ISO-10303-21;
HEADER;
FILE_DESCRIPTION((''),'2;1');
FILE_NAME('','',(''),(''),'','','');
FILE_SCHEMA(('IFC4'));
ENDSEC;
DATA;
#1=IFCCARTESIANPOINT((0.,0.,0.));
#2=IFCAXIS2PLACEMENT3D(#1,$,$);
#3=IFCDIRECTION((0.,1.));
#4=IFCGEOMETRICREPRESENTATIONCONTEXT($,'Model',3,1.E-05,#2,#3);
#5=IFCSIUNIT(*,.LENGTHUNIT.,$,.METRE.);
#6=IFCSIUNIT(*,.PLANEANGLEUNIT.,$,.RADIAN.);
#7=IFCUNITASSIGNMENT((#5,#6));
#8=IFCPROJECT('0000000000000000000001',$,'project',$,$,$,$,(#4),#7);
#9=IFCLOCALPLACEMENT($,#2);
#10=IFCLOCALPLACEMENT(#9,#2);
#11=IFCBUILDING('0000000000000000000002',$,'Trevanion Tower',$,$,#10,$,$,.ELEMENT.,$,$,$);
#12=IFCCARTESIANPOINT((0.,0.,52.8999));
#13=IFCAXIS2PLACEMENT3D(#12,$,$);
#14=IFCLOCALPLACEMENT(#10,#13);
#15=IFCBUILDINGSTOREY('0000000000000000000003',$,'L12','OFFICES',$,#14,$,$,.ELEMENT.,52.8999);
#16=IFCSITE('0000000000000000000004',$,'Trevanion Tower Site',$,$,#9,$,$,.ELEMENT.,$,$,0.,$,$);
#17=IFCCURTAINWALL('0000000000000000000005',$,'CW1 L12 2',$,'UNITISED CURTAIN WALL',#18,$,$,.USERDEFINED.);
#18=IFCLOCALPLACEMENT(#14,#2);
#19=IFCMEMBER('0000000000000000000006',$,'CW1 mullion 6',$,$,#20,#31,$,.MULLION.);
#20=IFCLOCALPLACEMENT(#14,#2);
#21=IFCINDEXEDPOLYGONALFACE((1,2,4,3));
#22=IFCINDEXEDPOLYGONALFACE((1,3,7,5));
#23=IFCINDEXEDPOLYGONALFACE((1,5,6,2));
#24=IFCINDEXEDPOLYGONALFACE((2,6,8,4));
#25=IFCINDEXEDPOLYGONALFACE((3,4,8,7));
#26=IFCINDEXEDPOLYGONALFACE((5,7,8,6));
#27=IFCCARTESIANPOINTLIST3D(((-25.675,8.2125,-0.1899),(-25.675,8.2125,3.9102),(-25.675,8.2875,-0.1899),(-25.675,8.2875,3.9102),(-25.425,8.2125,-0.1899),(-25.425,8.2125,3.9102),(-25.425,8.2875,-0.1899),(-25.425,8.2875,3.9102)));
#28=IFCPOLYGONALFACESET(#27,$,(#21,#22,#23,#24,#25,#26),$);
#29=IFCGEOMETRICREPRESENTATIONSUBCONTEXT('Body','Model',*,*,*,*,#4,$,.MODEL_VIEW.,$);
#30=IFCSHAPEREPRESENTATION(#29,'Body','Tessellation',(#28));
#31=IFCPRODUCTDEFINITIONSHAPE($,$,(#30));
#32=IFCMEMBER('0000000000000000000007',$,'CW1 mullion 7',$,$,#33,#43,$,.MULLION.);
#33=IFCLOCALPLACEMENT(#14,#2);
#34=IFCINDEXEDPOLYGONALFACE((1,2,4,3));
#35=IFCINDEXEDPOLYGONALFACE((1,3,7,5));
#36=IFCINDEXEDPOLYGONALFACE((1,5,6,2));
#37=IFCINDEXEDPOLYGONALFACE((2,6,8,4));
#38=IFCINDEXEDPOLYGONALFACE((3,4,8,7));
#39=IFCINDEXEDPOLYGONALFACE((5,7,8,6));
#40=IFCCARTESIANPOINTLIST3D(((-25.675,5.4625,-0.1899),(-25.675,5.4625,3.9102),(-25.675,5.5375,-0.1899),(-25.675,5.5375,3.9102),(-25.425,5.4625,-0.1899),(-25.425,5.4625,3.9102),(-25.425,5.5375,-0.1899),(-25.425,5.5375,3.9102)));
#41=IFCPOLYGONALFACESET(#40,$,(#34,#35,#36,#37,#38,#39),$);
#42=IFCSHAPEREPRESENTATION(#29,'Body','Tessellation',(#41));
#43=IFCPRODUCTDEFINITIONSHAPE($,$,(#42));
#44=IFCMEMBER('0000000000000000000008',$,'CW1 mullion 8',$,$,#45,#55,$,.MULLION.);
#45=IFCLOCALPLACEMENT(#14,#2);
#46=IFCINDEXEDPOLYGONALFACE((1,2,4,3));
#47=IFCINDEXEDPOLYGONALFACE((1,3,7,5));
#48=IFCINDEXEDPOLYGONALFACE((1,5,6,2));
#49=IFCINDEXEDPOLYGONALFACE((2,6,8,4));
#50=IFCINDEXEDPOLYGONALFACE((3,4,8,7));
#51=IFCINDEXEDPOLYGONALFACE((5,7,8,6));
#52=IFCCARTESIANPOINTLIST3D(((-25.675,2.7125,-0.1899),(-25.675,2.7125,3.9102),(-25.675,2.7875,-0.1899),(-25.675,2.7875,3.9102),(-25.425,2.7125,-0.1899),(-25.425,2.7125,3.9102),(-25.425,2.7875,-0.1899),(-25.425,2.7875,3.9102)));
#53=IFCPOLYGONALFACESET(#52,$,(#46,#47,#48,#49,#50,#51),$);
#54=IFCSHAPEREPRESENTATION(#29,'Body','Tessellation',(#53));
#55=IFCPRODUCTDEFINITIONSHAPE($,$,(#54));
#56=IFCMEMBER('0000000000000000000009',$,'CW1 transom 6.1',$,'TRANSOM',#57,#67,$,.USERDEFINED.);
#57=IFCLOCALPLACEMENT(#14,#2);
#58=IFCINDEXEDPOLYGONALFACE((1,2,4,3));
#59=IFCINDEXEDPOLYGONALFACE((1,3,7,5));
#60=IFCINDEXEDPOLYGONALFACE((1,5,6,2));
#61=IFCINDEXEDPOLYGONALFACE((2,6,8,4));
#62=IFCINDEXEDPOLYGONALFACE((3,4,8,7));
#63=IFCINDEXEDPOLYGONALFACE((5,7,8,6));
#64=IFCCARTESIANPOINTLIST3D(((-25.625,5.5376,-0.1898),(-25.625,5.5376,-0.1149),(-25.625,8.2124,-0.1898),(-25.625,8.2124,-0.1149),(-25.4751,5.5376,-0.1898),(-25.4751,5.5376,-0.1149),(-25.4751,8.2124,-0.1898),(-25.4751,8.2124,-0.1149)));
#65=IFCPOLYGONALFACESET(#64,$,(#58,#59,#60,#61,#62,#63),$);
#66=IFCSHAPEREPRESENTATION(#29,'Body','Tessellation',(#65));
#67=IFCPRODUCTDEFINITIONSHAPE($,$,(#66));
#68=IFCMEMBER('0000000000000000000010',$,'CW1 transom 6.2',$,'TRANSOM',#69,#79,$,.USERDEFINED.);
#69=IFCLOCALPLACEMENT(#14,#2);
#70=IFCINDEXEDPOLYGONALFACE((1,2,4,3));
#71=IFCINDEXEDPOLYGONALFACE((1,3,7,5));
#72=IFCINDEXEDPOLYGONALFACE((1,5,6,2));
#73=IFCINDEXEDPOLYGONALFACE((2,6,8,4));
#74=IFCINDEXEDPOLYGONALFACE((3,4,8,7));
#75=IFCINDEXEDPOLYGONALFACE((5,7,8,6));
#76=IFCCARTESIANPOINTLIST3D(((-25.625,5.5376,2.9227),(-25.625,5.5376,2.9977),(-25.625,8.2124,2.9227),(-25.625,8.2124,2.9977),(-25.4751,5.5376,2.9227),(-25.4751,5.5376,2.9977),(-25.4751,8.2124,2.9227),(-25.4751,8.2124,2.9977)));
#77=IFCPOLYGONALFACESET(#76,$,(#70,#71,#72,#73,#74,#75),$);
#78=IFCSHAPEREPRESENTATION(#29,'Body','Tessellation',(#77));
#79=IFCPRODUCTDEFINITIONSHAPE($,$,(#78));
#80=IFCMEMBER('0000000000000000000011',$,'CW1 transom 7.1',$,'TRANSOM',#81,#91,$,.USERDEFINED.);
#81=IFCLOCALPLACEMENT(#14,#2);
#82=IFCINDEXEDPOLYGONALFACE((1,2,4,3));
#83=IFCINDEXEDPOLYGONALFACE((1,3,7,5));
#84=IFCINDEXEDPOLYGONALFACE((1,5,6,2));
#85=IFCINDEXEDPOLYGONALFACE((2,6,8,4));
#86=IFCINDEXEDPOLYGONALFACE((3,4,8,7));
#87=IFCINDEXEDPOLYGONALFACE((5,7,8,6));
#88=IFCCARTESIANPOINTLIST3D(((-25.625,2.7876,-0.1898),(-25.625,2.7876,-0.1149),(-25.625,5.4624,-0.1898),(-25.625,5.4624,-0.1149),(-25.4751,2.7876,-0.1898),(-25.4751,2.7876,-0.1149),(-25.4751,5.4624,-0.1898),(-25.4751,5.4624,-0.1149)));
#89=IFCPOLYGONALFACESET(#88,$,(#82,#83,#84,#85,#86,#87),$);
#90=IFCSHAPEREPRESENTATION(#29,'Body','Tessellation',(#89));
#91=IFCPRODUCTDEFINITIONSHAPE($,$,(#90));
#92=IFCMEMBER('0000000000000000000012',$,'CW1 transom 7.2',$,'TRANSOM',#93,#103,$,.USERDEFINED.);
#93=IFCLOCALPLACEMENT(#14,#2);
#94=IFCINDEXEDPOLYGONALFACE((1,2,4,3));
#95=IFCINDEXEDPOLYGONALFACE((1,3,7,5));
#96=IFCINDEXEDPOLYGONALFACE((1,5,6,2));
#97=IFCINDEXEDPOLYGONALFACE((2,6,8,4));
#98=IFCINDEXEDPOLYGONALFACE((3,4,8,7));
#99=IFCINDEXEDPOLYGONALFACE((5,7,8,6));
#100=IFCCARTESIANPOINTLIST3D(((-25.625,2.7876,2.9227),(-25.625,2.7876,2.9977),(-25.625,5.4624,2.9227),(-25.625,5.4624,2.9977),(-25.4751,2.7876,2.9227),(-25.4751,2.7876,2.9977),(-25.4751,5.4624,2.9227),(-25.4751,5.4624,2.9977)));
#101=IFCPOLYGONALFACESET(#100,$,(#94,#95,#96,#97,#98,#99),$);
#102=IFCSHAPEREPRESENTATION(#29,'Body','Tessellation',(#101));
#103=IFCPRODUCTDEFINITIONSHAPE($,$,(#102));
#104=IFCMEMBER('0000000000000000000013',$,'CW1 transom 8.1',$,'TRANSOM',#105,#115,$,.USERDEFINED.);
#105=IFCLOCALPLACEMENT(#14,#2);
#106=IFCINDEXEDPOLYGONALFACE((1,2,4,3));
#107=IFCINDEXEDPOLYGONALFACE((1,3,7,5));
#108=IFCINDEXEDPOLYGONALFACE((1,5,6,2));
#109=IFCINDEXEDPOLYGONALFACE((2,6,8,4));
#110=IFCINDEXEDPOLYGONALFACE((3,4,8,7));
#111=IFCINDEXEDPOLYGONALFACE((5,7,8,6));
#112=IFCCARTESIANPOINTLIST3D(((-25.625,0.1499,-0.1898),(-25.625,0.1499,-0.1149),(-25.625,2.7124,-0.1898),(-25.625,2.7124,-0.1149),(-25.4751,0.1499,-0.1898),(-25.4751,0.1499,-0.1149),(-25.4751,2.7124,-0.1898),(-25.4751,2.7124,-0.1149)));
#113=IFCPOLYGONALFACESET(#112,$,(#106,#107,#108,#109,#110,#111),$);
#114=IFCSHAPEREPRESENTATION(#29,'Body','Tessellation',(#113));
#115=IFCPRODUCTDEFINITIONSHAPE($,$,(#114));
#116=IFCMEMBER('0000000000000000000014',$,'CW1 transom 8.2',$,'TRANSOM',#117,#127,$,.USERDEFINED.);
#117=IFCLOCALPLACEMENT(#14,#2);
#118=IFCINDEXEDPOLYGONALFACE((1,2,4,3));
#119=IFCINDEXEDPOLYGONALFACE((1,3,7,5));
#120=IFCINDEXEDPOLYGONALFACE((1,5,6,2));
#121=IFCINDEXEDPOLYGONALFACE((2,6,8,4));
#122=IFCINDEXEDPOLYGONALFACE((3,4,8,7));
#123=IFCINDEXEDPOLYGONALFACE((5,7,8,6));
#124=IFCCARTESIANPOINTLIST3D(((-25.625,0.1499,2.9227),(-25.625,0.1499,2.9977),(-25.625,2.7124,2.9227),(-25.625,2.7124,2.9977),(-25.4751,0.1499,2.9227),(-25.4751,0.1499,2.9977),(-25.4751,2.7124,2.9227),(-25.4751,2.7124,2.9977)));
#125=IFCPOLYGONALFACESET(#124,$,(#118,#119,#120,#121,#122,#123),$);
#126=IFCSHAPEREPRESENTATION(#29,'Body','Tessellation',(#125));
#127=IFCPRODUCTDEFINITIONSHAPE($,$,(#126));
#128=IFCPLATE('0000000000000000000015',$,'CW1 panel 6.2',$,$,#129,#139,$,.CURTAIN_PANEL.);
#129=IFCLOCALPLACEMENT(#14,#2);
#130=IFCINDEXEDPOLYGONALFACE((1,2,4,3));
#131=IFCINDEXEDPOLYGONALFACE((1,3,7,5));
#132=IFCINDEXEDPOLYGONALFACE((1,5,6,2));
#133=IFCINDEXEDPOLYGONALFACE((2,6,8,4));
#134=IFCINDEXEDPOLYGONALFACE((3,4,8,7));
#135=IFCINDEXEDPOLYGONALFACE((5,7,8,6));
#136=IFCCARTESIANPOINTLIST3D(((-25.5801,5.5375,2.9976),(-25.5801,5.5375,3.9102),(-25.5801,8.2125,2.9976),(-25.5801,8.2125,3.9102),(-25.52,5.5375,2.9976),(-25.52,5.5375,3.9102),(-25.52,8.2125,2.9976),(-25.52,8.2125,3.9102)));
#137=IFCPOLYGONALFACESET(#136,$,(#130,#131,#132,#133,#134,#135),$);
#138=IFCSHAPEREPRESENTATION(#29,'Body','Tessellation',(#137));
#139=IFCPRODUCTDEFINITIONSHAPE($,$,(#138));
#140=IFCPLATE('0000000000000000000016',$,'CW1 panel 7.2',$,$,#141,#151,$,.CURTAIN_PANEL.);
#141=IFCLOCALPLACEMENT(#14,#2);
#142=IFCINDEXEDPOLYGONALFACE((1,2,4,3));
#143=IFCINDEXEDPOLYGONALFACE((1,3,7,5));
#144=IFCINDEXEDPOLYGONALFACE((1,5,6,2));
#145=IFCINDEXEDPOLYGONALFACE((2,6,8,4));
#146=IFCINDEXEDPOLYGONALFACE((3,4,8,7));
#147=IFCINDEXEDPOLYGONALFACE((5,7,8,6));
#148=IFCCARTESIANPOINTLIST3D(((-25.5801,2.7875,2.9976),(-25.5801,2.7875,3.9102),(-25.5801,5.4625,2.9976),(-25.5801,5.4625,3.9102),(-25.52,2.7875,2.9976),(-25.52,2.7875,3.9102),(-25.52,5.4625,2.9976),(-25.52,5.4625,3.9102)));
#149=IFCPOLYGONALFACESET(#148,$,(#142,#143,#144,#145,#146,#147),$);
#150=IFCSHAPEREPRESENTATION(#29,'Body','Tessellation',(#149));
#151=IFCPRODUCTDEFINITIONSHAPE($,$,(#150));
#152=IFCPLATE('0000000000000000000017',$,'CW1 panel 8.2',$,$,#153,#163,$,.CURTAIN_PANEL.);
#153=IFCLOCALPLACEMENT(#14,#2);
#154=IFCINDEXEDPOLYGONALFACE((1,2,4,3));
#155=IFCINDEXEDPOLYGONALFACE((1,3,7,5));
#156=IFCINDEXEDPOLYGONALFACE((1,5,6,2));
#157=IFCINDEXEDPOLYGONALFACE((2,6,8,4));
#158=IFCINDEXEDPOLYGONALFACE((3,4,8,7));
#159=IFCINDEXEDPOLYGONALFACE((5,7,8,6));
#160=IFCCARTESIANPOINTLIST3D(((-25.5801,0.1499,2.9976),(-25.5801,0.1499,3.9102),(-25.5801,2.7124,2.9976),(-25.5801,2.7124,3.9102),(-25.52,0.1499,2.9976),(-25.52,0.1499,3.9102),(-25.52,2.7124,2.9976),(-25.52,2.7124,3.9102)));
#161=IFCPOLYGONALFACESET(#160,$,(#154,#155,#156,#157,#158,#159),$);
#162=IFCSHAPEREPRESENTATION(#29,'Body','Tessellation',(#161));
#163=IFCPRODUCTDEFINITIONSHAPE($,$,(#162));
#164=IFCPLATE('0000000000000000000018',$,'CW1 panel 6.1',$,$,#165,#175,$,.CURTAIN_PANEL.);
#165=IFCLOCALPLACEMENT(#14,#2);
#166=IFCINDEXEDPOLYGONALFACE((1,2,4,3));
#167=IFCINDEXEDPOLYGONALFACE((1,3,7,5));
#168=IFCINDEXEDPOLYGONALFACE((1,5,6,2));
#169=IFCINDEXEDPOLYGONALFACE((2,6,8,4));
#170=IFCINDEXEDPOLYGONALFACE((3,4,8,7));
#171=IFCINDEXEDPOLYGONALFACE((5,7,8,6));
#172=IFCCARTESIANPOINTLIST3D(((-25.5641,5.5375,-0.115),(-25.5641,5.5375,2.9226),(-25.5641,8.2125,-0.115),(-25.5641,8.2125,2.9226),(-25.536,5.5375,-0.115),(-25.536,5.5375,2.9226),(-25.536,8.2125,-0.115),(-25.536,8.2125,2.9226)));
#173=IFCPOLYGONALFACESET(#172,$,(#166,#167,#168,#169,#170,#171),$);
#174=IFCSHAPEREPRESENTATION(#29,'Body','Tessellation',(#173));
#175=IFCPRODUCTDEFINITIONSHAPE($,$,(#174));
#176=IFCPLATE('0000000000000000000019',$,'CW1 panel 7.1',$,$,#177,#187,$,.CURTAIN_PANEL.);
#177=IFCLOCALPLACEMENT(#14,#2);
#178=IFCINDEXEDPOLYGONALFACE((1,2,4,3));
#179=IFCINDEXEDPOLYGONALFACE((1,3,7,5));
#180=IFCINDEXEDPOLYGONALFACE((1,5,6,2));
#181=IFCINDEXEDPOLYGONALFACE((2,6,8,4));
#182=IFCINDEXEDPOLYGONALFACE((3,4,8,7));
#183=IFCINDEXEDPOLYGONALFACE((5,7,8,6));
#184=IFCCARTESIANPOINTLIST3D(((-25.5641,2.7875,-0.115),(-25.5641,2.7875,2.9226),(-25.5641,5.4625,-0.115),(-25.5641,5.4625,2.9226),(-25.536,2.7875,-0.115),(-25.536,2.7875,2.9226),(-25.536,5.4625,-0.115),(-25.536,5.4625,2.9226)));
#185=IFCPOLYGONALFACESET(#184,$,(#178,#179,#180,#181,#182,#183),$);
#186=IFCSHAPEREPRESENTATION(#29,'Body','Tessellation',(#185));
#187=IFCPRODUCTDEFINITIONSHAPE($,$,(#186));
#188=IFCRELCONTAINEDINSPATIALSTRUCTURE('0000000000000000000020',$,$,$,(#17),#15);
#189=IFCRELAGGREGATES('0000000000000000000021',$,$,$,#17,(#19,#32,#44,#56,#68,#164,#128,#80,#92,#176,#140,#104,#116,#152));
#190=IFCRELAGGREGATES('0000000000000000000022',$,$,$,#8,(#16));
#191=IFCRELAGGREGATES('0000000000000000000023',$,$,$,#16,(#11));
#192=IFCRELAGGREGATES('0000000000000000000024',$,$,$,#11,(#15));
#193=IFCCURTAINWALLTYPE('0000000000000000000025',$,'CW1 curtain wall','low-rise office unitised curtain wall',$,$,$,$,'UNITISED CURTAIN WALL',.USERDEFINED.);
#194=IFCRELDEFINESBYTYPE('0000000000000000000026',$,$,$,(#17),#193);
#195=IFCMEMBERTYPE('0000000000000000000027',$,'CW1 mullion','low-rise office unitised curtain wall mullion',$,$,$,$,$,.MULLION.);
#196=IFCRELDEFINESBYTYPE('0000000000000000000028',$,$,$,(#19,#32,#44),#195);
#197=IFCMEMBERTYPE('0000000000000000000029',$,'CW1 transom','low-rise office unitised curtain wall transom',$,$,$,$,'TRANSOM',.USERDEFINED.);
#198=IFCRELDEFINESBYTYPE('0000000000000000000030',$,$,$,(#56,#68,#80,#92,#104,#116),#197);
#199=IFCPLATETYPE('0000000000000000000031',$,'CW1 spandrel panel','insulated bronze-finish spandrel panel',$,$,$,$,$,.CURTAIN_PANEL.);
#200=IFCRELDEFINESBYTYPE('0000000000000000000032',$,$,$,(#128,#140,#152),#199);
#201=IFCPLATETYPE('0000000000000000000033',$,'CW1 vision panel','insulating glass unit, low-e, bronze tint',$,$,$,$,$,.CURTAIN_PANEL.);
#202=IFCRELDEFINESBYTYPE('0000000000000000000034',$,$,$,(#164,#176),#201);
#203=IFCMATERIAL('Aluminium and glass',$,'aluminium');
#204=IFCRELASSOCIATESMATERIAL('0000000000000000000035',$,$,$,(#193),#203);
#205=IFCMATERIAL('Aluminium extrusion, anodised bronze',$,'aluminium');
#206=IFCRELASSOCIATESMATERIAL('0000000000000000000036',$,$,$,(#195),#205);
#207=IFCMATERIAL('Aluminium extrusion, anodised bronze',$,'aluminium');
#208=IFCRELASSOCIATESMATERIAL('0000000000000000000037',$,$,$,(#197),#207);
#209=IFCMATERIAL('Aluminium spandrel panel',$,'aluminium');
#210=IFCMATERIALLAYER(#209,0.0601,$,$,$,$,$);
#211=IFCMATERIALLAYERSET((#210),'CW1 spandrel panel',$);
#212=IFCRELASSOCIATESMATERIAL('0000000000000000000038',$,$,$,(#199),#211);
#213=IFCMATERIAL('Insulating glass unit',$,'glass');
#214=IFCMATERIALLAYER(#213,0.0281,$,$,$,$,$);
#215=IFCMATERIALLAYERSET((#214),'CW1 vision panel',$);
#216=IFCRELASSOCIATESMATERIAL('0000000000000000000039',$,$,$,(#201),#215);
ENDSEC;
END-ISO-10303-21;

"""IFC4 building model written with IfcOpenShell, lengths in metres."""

from ifc_helpers import new_model, si_unit, direction, frame, origin, origin_2d, place, context, subcontext, project, spatial, rectangle, extrude, material, layer, layer_set, material_profile, profile_set, type_object, element, aggregate, save


model = new_model("IFC4")

# Units and contexts
model_context = context("Model", 3, precision=1e-05, world=origin(), true_north=direction((0.0, 1.0)))
body_context = subcontext(model_context, "Body", "Model", "MODEL_VIEW")
ifc_project = project(units=[si_unit("LENGTHUNIT", "METRE"), si_unit("PLANEANGLEUNIT", "RADIAN")], contexts=[model_context])

# Site, building, storey
site_placement = place(None, origin())
site = spatial("IfcSite", under=ifc_project, at=site_placement, Name="Trevanion Tower Site", CompositionType="ELEMENT", RefElevation=0.0)
building_placement = place(site_placement, origin())
building = spatial("IfcBuilding", under=site, at=building_placement, Name="Trevanion Tower", CompositionType="ELEMENT")
storey_placement = place(building_placement, frame((0.0, 0.0, 52.8999)))
storey = spatial("IfcBuildingStorey", under=building, at=storey_placement, Name="L12", Description="OFFICES", CompositionType="ELEMENT", Elevation=52.8999)

# Curtain wall, members, plates
ifc_material_1 = material(Name="Aluminium and glass", Category="aluminium")
curtain_wall_type = type_object("IfcCurtainWallType", Name="CW1 curtain wall", Description="low-rise office unitised curtain wall", ElementType="UNITISED CURTAIN WALL", PredefinedType="USERDEFINED", material=ifc_material_1)
curtain_wall_placement = place(storey_placement, origin())
curtain_wall = element("IfcCurtainWall", 1, at=curtain_wall_placement, inside=storey, type_object=curtain_wall_type, Name="CW1 L12 2", ObjectType="UNITISED CURTAIN WALL", PredefinedType="USERDEFINED")
ifc_material_2 = material(Name="Aluminium extrusion, anodised bronze", Category="aluminium")
ifc_material_profile_1 = material_profile(ifc_material_2, rectangle(XDim=0.075, YDim=0.25, at=origin_2d()), Name="CW1 mullion")
ifc_profile_set_1 = profile_set([ifc_material_profile_1], Name="Aluminium extrusion, anodised bronze")
member_type_1 = type_object("IfcMemberType", Name="CW1 mullion", Description="low-rise office unitised curtain wall mullion", PredefinedType="MULLION", material=ifc_profile_set_1)
member_1_placement = place(storey_placement, frame((-25.55, 8.25, -0.1899), z_axis=(0.0, 0.0, 1.0), x_axis=(0.0, -1.0, 0.0)))
member_1 = element("IfcMember", 2, at=member_1_placement, type_object=member_type_1, Name="CW1 mullion 6", PredefinedType="MULLION", context=body_context, shape_type="SweptSolid", body=[
    extrude(rectangle(XDim=0.075, YDim=0.25, at=origin_2d()), origin(), (0.0, 0.0, 1.0), 4.1001),
])
member_2_placement = place(storey_placement, frame((-25.55, 5.5, -0.1899), z_axis=(0.0, 0.0, 1.0), x_axis=(0.0, -1.0, 0.0)))
member_2 = element("IfcMember", 3, at=member_2_placement, type_object=member_type_1, Name="CW1 mullion 7", PredefinedType="MULLION", context=body_context, shape_type="SweptSolid", body=[
    extrude(rectangle(XDim=0.075, YDim=0.25, at=origin_2d()), origin(), (0.0, 0.0, 1.0), 4.1001),
])
member_3_placement = place(storey_placement, frame((-25.55, 2.75, -0.1899), z_axis=(0.0, 0.0, 1.0), x_axis=(0.0, -1.0, 0.0)))
member_3 = element("IfcMember", 4, at=member_3_placement, type_object=member_type_1, Name="CW1 mullion 8", PredefinedType="MULLION", context=body_context, shape_type="SweptSolid", body=[
    extrude(rectangle(XDim=0.075, YDim=0.25, at=origin_2d()), origin(), (0.0, 0.0, 1.0), 4.1001),
])
ifc_material_3 = material(Name="Aluminium extrusion, anodised bronze", Category="aluminium")
ifc_material_profile_2 = material_profile(ifc_material_3, rectangle(XDim=0.1499, YDim=0.075, at=origin_2d()), Name="CW1 transom")
ifc_profile_set_2 = profile_set([ifc_material_profile_2], Name="Aluminium extrusion, anodised bronze")
member_type_2 = type_object("IfcMemberType", Name="CW1 transom", Description="low-rise office unitised curtain wall transom", ElementType="TRANSOM", PredefinedType="USERDEFINED", material=ifc_profile_set_2)
member_4_placement = place(storey_placement, frame((-25.55, 8.2124, -0.1523), z_axis=(0.0, -1.0, 0.0), x_axis=(1.0, 0.0, 0.0)))
member_4 = element("IfcMember", 5, at=member_4_placement, type_object=member_type_2, Name="CW1 transom 6.1", ObjectType="TRANSOM", PredefinedType="USERDEFINED", context=body_context, shape_type="SweptSolid", body=[
    extrude(rectangle(XDim=0.1499, YDim=0.075, at=origin_2d()), origin(), (0.0, 0.0, 1.0), 2.6748),
])
member_5_placement = place(storey_placement, frame((-25.55, 8.2124, 2.9602), z_axis=(0.0, -1.0, 0.0), x_axis=(1.0, 0.0, 0.0)))
member_5 = element("IfcMember", 6, at=member_5_placement, type_object=member_type_2, Name="CW1 transom 6.2", ObjectType="TRANSOM", PredefinedType="USERDEFINED", context=body_context, shape_type="SweptSolid", body=[
    extrude(rectangle(XDim=0.1499, YDim=0.075, at=origin_2d()), origin(), (0.0, 0.0, 1.0), 2.6748),
])
member_6_placement = place(storey_placement, frame((-25.55, 5.4624, -0.1523), z_axis=(0.0, -1.0, 0.0), x_axis=(1.0, 0.0, 0.0)))
member_6 = element("IfcMember", 7, at=member_6_placement, type_object=member_type_2, Name="CW1 transom 7.1", ObjectType="TRANSOM", PredefinedType="USERDEFINED", context=body_context, shape_type="SweptSolid", body=[
    extrude(rectangle(XDim=0.1499, YDim=0.075, at=origin_2d()), origin(), (0.0, 0.0, 1.0), 2.6748),
])
member_7_placement = place(storey_placement, frame((-25.55, 5.4624, 2.9602), z_axis=(0.0, -1.0, 0.0), x_axis=(1.0, 0.0, 0.0)))
member_7 = element("IfcMember", 8, at=member_7_placement, type_object=member_type_2, Name="CW1 transom 7.2", ObjectType="TRANSOM", PredefinedType="USERDEFINED", context=body_context, shape_type="SweptSolid", body=[
    extrude(rectangle(XDim=0.1499, YDim=0.075, at=origin_2d()), origin(), (0.0, 0.0, 1.0), 2.6748),
])
member_8_placement = place(storey_placement, frame((-25.55, 2.7124, -0.1523), z_axis=(0.0, -1.0, 0.0), x_axis=(1.0, 0.0, 0.0)))
member_8 = element("IfcMember", 9, at=member_8_placement, type_object=member_type_2, Name="CW1 transom 8.1", ObjectType="TRANSOM", PredefinedType="USERDEFINED", context=body_context, shape_type="SweptSolid", body=[
    extrude(rectangle(XDim=0.1499, YDim=0.075, at=origin_2d()), origin(), (0.0, 0.0, 1.0), 2.5625),
])
member_9_placement = place(storey_placement, frame((-25.55, 2.7124, 2.9602), z_axis=(0.0, -1.0, 0.0), x_axis=(1.0, 0.0, 0.0)))
member_9 = element("IfcMember", 10, at=member_9_placement, type_object=member_type_2, Name="CW1 transom 8.2", ObjectType="TRANSOM", PredefinedType="USERDEFINED", context=body_context, shape_type="SweptSolid", body=[
    extrude(rectangle(XDim=0.1499, YDim=0.075, at=origin_2d()), origin(), (0.0, 0.0, 1.0), 2.5625),
])
ifc_material_4 = material(Name="Aluminium spandrel panel", Category="aluminium")
ifc_layer_1 = layer(ifc_material_4, 0.0601)
ifc_layer_set_1 = layer_set([ifc_layer_1], Name="CW1 spandrel panel")
plate_type_1 = type_object("IfcPlateType", Name="CW1 spandrel panel", Description="insulated bronze-finish spandrel panel", PredefinedType="CURTAIN_PANEL", material=ifc_layer_set_1)
plate_1_placement = place(storey_placement, frame((-25.55, 6.875, 2.9976), z_axis=(0.0, 0.0, 1.0), x_axis=(0.0, -1.0, 0.0)))
plate_1 = element("IfcPlate", 11, at=plate_1_placement, type_object=plate_type_1, Name="CW1 panel 6.2", PredefinedType="CURTAIN_PANEL", context=body_context, shape_type="SweptSolid", body=[
    extrude(rectangle(XDim=2.675, YDim=0.0601, at=origin_2d()), origin(), (0.0, 0.0, 1.0), 0.9126),
])
plate_2_placement = place(storey_placement, frame((-25.55, 4.125, 2.9976), z_axis=(0.0, 0.0, 1.0), x_axis=(0.0, -1.0, 0.0)))
plate_2 = element("IfcPlate", 12, at=plate_2_placement, type_object=plate_type_1, Name="CW1 panel 7.2", PredefinedType="CURTAIN_PANEL", context=body_context, shape_type="SweptSolid", body=[
    extrude(rectangle(XDim=2.675, YDim=0.0601, at=origin_2d()), origin(), (0.0, 0.0, 1.0), 0.9126),
])
plate_3_placement = place(storey_placement, frame((-25.55, 1.4312, 2.9976), z_axis=(0.0, 0.0, 1.0), x_axis=(0.0, -1.0, 0.0)))
plate_3 = element("IfcPlate", 13, at=plate_3_placement, type_object=plate_type_1, Name="CW1 panel 8.2", PredefinedType="CURTAIN_PANEL", context=body_context, shape_type="SweptSolid", body=[
    extrude(rectangle(XDim=2.5625, YDim=0.0601, at=origin_2d()), origin(), (0.0, 0.0, 1.0), 0.9126),
])
ifc_material_5 = material(Name="Insulating glass unit", Category="glass")
ifc_layer_2 = layer(ifc_material_5, 0.0281)
ifc_layer_set_2 = layer_set([ifc_layer_2], Name="CW1 vision panel")
plate_type_2 = type_object("IfcPlateType", Name="CW1 vision panel", Description="insulating glass unit, low-e, bronze tint", PredefinedType="CURTAIN_PANEL", material=ifc_layer_set_2)
plate_4_placement = place(storey_placement, frame((-25.55, 6.875, -0.115), z_axis=(0.0, 0.0, 1.0), x_axis=(0.0, -1.0, 0.0)))
plate_4 = element("IfcPlate", 14, at=plate_4_placement, type_object=plate_type_2, Name="CW1 panel 6.1", PredefinedType="CURTAIN_PANEL", context=body_context, shape_type="SweptSolid", body=[
    extrude(rectangle(XDim=2.675, YDim=0.0281, at=origin_2d()), origin(), (0.0, 0.0, 1.0), 3.0376),
])
plate_5_placement = place(storey_placement, frame((-25.55, 4.125, -0.115), z_axis=(0.0, 0.0, 1.0), x_axis=(0.0, -1.0, 0.0)))
plate_5 = element("IfcPlate", 15, at=plate_5_placement, type_object=plate_type_2, Name="CW1 panel 7.1", PredefinedType="CURTAIN_PANEL", context=body_context, shape_type="SweptSolid", body=[
    extrude(rectangle(XDim=2.675, YDim=0.0281, at=origin_2d()), origin(), (0.0, 0.0, 1.0), 3.0376),
])
aggregate(curtain_wall, [member_1, member_2, member_3, member_4, member_5, plate_4, plate_1, member_6, member_7, plate_5, plate_2, member_8, member_9, plate_3])

save(model, "model.ifc")
